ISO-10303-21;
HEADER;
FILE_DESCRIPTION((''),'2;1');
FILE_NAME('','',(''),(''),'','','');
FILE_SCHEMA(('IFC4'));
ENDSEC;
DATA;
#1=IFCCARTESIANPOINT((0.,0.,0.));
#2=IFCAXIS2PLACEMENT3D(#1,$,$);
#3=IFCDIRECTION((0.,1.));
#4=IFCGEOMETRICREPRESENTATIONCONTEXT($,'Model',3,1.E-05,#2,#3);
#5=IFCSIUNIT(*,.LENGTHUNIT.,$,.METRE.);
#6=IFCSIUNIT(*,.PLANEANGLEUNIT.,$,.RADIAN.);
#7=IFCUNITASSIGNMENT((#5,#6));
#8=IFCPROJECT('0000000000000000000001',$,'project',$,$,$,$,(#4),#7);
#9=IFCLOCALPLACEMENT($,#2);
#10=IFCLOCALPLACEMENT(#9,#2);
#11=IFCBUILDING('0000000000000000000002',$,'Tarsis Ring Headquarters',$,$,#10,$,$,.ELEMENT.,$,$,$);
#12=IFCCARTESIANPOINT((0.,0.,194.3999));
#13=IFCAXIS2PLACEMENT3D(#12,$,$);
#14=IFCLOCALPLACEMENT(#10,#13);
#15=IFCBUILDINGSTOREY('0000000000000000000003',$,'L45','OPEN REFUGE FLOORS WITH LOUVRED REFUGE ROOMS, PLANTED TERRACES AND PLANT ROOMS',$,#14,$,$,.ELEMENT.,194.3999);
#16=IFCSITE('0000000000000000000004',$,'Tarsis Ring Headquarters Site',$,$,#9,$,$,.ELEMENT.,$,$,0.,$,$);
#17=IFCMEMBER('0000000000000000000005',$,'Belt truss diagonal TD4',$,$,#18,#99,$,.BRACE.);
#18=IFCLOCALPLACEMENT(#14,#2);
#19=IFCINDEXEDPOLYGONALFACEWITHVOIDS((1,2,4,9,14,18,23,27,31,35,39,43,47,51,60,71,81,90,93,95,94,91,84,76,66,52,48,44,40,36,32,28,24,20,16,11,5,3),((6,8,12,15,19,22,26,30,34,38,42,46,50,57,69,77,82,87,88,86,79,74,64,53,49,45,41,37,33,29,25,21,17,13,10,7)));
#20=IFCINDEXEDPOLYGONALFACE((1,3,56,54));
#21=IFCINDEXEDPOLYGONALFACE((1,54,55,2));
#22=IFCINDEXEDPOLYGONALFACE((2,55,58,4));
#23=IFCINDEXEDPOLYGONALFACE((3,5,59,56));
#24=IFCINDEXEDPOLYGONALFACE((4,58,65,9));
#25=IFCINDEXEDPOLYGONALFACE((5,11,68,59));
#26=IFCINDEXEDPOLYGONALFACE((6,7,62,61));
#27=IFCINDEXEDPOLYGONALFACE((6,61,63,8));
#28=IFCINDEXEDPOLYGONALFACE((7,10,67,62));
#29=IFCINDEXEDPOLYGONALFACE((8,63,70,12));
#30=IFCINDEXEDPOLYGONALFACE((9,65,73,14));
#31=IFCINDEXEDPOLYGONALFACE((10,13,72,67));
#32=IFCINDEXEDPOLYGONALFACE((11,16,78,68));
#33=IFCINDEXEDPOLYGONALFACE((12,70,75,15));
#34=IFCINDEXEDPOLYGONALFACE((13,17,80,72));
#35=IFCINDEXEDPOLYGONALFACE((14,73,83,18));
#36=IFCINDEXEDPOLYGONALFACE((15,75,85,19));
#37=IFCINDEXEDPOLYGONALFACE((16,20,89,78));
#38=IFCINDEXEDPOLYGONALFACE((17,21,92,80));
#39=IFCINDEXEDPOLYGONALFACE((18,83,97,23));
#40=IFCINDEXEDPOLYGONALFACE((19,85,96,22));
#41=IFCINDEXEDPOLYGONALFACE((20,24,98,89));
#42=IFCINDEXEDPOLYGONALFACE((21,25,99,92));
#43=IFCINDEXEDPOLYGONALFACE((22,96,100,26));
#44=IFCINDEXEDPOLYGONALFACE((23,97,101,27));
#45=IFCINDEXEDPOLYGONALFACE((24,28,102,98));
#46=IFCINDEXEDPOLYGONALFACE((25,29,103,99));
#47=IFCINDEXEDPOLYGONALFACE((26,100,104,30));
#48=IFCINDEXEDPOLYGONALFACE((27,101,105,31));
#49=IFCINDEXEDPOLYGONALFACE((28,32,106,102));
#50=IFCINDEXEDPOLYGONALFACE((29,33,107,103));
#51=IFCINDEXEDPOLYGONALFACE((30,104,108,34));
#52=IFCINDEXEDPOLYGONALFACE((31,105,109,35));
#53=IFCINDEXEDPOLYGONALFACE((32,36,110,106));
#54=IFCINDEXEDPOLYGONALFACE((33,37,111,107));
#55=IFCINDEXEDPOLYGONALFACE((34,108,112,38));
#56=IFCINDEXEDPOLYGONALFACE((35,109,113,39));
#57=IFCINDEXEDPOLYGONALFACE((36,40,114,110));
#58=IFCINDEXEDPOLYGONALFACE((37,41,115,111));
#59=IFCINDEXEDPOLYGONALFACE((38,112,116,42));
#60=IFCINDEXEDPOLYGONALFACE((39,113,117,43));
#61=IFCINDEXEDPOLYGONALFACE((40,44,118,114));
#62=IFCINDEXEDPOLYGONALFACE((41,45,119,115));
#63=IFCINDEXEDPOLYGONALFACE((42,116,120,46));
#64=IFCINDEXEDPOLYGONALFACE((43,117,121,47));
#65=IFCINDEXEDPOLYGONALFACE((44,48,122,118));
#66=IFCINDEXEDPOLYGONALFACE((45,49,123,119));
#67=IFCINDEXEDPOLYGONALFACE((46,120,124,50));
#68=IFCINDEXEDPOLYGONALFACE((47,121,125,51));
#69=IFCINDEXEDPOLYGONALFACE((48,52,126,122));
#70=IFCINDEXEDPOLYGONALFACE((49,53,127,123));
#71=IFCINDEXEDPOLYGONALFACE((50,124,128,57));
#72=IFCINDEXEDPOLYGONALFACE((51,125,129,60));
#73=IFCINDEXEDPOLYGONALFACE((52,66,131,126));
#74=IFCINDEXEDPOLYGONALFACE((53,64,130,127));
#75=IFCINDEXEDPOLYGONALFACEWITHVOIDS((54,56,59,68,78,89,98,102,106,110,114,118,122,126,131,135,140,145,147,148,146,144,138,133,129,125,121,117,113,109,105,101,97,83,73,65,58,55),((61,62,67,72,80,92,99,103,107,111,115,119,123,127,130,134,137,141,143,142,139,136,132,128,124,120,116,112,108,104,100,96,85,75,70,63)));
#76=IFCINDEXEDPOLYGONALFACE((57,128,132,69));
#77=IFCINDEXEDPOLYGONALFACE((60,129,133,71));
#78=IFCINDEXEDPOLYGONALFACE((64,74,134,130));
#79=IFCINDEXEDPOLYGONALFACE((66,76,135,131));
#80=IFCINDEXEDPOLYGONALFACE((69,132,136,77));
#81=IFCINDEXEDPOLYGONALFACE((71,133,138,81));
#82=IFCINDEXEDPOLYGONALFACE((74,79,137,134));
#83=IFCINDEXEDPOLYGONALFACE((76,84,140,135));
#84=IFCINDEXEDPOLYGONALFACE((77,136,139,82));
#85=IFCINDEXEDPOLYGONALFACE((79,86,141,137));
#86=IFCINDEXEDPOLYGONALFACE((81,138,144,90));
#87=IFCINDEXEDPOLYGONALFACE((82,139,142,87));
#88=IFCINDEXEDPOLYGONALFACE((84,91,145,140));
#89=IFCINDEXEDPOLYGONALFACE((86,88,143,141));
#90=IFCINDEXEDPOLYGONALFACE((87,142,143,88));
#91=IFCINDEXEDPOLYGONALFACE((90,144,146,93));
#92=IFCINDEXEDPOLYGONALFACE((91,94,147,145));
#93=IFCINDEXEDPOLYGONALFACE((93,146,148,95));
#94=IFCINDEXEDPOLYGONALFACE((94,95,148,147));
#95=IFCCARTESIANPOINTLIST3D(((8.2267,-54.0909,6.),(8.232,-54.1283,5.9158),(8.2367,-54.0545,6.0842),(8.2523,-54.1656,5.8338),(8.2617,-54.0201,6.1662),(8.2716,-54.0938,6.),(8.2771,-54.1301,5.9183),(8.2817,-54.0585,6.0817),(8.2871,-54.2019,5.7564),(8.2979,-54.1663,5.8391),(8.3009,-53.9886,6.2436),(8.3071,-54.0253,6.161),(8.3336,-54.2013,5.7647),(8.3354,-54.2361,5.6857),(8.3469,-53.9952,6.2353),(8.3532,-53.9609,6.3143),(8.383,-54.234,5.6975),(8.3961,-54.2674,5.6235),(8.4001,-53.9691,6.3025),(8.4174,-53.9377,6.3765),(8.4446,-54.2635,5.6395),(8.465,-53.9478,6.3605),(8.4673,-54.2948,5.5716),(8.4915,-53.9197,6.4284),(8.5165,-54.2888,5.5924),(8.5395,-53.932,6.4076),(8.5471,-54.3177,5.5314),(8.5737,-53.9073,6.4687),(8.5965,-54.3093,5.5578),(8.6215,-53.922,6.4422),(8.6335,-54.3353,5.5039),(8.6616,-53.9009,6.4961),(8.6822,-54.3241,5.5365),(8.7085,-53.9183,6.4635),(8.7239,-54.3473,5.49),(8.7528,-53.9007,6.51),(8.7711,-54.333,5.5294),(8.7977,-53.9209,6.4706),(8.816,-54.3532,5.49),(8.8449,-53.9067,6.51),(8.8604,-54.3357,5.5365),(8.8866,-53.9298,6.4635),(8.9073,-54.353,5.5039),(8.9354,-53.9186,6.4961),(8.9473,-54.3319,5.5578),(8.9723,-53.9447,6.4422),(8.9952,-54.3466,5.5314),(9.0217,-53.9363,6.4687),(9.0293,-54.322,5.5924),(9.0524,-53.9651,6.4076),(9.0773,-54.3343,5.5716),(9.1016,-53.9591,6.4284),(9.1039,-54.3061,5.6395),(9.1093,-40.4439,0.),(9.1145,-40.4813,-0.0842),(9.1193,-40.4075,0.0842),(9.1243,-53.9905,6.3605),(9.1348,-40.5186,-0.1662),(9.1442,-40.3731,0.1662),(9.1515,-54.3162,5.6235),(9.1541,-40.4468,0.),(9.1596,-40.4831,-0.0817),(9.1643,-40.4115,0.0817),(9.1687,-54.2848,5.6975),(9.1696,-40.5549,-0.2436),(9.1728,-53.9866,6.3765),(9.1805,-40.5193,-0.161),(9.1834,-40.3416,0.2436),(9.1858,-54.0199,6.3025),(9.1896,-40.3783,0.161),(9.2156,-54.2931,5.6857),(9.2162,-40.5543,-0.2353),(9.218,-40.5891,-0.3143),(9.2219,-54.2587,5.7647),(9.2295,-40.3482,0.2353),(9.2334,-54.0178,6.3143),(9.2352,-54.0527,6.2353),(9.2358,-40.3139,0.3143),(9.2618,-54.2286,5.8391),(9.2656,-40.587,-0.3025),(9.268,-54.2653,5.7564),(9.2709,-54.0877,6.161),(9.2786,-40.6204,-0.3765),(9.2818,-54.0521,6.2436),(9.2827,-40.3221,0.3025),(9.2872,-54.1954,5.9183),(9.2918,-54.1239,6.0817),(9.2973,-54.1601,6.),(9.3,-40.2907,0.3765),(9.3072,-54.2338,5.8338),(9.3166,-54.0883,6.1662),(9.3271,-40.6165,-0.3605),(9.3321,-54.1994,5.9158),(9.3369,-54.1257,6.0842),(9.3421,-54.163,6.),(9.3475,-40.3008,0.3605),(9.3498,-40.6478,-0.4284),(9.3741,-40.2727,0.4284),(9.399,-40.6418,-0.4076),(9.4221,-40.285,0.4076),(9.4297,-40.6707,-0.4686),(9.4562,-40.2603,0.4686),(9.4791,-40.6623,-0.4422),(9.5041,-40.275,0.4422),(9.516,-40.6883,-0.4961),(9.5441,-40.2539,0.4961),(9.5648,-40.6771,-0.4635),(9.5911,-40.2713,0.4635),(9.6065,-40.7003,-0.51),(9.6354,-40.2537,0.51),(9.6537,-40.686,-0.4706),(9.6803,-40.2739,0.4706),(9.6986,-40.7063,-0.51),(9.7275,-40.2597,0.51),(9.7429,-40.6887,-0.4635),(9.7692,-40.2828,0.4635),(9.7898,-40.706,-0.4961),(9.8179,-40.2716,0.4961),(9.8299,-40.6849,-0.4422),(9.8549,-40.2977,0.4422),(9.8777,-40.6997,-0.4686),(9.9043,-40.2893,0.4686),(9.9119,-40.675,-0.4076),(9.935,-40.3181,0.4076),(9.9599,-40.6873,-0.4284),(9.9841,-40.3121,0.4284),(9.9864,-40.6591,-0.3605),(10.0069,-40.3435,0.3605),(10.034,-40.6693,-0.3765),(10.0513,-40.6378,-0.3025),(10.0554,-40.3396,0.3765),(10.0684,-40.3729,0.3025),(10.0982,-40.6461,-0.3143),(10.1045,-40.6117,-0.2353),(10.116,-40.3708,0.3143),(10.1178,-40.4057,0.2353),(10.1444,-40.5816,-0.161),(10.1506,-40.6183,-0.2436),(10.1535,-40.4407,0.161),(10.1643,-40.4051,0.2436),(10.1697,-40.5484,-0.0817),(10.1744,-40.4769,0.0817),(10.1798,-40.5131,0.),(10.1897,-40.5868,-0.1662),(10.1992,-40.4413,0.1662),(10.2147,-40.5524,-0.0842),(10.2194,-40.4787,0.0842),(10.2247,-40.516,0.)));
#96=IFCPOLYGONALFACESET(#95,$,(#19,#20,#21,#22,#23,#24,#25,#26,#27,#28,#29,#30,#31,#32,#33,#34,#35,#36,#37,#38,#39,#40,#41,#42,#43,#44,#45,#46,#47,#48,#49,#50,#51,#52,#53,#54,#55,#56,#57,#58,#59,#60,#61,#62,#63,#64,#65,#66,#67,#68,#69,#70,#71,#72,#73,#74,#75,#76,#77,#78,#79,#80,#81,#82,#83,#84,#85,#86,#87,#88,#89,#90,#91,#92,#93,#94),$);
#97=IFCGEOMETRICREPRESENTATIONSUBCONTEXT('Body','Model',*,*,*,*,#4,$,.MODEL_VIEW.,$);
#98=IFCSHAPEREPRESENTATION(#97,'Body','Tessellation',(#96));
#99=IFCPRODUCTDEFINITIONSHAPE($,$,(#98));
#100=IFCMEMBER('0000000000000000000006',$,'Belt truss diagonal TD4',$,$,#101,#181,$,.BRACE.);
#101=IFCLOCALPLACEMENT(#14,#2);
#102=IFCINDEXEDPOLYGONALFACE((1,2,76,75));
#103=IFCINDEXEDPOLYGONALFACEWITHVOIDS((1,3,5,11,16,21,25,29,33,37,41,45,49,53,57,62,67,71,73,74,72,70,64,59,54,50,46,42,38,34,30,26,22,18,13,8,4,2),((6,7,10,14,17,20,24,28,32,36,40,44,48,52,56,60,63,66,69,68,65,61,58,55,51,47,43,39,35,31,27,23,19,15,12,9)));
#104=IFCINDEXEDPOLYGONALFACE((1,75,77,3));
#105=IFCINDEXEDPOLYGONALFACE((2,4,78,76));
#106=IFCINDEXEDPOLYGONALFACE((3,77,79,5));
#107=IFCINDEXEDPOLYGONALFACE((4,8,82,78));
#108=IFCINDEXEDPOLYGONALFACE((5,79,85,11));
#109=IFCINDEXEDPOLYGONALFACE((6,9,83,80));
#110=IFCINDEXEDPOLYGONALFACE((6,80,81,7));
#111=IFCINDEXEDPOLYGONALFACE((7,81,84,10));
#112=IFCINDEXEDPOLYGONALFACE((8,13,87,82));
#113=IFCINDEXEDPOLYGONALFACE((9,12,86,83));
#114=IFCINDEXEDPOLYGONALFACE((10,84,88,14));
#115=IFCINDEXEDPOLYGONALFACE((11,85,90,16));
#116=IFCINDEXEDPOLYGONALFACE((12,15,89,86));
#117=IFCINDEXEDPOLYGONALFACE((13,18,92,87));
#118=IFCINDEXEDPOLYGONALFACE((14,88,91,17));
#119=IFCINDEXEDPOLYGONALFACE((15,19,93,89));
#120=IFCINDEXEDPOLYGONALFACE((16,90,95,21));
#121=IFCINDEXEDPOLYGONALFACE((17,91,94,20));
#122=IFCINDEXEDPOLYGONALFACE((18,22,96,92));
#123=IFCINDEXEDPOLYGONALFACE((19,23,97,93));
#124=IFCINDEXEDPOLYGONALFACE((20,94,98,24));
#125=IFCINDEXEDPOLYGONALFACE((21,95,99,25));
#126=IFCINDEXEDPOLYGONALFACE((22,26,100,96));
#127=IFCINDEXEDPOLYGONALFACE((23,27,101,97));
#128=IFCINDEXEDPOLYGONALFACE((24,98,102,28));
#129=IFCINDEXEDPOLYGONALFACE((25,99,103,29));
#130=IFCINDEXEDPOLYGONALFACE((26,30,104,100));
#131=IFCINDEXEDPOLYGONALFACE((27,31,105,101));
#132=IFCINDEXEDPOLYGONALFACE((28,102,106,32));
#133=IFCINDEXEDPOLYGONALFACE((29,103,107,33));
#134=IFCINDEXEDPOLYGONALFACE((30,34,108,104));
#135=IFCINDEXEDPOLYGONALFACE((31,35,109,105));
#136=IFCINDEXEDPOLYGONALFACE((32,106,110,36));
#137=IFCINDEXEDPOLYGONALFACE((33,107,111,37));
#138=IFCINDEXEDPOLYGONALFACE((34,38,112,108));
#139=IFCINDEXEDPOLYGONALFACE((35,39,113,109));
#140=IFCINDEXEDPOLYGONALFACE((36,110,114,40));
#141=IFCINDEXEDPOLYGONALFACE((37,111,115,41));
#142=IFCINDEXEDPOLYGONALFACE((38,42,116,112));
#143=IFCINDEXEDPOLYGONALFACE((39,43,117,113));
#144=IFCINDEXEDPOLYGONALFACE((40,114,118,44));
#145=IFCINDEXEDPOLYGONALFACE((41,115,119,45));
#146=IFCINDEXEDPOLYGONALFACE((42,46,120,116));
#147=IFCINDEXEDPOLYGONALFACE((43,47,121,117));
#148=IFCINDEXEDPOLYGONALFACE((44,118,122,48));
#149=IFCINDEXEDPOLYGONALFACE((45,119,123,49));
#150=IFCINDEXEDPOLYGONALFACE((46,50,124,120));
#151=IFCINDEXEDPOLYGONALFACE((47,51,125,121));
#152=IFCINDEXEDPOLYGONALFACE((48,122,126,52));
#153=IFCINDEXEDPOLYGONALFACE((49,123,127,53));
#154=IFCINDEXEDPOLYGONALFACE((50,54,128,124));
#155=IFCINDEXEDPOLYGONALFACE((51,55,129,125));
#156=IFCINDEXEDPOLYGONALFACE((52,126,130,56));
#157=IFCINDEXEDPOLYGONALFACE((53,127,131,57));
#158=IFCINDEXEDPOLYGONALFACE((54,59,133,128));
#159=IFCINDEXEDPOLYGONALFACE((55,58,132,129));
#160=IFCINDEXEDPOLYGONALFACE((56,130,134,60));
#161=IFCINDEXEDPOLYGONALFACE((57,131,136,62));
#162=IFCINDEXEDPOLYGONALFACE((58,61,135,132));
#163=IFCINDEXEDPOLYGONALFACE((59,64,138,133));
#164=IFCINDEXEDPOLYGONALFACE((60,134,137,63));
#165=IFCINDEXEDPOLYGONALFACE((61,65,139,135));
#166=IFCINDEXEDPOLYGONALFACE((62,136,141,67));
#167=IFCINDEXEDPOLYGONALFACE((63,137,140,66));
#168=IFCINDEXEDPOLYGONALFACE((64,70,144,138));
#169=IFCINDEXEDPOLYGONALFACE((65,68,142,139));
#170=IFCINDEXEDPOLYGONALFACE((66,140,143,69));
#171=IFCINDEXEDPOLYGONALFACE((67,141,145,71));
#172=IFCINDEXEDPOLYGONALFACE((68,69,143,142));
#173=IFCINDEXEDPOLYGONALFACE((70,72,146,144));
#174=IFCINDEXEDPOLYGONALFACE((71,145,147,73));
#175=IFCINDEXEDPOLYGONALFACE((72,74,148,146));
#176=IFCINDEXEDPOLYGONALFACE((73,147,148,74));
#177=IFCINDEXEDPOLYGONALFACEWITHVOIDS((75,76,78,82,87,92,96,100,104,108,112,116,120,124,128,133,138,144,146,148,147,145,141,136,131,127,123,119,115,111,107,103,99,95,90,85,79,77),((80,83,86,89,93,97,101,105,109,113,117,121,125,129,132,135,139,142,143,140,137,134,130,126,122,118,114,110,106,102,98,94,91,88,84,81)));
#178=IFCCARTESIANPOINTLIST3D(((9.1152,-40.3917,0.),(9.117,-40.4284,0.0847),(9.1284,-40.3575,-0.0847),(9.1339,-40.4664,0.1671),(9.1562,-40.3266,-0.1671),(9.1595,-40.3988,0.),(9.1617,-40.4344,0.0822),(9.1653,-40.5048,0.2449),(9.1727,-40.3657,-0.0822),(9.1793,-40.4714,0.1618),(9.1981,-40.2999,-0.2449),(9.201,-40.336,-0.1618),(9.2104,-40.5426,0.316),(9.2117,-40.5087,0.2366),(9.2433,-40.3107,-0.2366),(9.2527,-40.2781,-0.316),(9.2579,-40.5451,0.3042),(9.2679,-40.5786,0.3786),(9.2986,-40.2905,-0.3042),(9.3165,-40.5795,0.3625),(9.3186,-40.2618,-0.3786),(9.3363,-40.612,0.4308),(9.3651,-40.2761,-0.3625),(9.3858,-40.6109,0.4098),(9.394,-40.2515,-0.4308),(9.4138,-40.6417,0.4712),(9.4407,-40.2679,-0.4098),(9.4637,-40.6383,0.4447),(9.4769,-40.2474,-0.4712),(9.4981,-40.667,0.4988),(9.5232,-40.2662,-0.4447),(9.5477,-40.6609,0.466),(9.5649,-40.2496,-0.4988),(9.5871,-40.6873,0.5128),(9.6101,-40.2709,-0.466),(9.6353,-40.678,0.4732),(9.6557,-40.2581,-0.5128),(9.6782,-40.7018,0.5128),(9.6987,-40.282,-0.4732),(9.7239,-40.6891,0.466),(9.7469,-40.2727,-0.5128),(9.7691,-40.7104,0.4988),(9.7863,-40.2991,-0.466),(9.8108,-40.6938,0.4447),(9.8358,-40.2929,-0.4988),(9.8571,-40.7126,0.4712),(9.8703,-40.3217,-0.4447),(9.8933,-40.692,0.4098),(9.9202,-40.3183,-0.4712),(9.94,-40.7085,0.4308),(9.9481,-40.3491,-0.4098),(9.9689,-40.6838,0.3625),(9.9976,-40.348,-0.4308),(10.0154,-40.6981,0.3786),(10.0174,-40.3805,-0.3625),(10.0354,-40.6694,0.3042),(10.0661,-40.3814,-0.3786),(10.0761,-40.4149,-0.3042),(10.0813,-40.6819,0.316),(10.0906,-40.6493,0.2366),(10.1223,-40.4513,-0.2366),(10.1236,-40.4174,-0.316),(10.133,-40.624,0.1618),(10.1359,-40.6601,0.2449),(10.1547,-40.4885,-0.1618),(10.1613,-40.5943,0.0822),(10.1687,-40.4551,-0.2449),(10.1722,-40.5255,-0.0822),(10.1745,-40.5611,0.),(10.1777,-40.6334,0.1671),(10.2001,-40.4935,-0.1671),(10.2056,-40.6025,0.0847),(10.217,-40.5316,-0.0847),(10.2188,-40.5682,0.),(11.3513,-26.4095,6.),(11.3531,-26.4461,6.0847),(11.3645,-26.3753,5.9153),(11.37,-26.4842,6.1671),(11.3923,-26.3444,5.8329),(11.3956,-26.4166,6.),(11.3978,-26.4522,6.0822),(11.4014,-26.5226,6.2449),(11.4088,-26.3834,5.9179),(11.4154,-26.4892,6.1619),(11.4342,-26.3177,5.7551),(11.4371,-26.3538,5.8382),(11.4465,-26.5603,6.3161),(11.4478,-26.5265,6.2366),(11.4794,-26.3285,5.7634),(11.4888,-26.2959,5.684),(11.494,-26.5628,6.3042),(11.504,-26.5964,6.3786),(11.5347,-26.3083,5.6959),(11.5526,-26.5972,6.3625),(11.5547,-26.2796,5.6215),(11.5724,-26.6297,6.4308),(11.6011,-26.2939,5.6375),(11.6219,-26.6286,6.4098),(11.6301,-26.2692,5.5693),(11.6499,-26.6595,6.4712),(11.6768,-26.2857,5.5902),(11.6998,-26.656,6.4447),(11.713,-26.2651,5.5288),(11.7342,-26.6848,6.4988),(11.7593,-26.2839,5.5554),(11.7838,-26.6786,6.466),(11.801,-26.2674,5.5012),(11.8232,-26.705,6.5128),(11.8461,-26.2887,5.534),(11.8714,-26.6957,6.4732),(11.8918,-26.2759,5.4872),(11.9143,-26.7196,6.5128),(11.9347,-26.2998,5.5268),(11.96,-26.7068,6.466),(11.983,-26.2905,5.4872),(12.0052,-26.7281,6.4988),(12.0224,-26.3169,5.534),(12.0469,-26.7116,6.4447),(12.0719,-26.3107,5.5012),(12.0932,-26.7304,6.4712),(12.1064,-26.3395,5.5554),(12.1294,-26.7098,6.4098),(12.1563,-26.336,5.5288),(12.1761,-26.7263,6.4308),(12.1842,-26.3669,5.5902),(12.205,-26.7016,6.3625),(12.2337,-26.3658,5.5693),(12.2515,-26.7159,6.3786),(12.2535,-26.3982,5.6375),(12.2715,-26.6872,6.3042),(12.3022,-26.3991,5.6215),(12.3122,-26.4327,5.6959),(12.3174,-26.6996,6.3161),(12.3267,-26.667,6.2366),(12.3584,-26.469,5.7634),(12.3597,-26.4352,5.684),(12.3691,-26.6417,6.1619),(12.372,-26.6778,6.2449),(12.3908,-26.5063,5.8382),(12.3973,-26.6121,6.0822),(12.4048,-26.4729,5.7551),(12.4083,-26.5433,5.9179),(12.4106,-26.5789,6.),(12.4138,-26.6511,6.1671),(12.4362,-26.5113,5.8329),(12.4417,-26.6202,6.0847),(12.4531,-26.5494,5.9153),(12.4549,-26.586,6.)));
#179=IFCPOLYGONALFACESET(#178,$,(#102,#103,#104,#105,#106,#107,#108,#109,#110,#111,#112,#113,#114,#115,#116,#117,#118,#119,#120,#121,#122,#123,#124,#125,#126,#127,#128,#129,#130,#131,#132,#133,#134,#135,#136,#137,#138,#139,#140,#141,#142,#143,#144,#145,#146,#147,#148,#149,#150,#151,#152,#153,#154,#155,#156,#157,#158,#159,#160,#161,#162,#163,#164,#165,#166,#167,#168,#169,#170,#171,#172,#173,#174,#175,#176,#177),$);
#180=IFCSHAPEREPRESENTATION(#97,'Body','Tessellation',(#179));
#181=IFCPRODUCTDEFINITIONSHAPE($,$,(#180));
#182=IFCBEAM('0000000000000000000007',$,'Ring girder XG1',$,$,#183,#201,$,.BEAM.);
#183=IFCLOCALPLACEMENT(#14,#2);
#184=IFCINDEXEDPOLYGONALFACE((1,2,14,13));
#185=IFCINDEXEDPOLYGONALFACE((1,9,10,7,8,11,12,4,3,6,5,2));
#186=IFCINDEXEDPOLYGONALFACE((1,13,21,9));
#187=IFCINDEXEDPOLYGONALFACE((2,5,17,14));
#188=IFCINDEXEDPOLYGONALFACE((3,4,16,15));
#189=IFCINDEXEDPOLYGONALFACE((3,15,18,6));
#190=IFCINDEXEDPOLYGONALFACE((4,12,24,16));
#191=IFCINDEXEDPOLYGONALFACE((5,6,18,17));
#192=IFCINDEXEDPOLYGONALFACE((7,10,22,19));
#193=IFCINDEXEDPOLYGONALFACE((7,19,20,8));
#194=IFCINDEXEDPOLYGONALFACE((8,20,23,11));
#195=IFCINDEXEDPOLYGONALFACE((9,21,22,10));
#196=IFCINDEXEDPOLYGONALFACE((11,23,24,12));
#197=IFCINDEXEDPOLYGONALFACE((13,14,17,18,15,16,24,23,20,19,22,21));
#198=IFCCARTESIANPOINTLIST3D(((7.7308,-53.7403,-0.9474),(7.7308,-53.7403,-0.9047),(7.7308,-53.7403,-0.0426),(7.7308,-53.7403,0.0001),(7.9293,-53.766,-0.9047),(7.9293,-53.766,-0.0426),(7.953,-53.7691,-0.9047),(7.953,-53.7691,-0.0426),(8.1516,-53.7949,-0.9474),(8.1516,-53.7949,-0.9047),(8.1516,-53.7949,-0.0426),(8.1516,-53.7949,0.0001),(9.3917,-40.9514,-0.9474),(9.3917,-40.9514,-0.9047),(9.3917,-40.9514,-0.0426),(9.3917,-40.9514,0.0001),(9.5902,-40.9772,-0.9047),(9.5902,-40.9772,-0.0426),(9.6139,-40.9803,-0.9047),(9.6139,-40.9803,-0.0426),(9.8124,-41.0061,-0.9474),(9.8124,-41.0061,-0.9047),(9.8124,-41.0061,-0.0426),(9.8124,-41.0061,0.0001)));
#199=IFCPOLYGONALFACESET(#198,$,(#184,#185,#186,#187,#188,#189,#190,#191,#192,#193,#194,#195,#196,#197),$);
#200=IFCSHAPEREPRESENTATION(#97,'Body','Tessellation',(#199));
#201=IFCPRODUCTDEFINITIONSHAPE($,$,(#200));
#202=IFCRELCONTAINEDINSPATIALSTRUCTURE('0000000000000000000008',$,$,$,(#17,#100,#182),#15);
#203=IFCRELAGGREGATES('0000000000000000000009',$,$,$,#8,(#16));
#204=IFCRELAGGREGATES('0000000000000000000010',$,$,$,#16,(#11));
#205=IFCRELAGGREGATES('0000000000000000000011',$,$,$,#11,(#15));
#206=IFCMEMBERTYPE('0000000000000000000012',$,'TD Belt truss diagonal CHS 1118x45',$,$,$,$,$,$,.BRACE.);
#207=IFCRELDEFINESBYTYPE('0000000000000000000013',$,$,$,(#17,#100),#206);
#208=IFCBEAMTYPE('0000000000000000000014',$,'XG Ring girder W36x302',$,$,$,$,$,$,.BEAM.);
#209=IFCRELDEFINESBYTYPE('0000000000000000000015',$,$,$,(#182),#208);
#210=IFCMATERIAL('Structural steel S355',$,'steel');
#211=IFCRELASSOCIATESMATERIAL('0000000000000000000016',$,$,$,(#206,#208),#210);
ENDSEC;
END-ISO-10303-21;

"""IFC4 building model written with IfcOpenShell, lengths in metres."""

from ifc_helpers import new_model, si_unit, direction, frame, origin, origin_2d, place, context, subcontext, project, spatial, hollow_circle, i_section, extrude, material, material_profile, profile_set, type_object, element, save


model = new_model("IFC4")

# Units and contexts
model_context = context("Model", 3, precision=1e-05, world=origin(), true_north=direction((0.0, 1.0)))
body_context = subcontext(model_context, "Body", "Model", "MODEL_VIEW")
ifc_project = project(units=[si_unit("LENGTHUNIT", "METRE"), si_unit("PLANEANGLEUNIT", "RADIAN")], contexts=[model_context])

# Site, building, storey
site_placement = place(None, origin())
site = spatial("IfcSite", under=ifc_project, at=site_placement, Name="Tarsis Ring Headquarters Site", CompositionType="ELEMENT", RefElevation=0.0)
building_placement = place(site_placement, origin())
building = spatial("IfcBuilding", under=site, at=building_placement, Name="Tarsis Ring Headquarters", CompositionType="ELEMENT")
storey_placement = place(building_placement, frame((0.0, 0.0, 194.3999)))
storey = spatial("IfcBuildingStorey", under=building, at=storey_placement, Name="L45", Description="OPEN REFUGE FLOORS WITH LOUVRED REFUGE ROOMS, PLANTED TERRACES AND PLANT ROOMS", CompositionType="ELEMENT", Elevation=194.3999)

# Shared definitions
ifc_material_1 = material(Name="Structural steel S355", Category="steel")
ifc_material_profile_1 = material_profile(ifc_material_1, hollow_circle(Radius=0.5588, WallThickness=0.0449, at=origin_2d()), Name="CHS 1118x45")
ifc_profile_set_1 = profile_set([ifc_material_profile_1], Name="Structural steel S355")

# Members
member_type_1 = type_object("IfcMemberType", Name="TD Belt truss diagonal CHS 1118x45", PredefinedType="BRACE", material=ifc_profile_set_1)
member_1_placement = place(storey_placement, frame((9.667, -40.48, 0.0), z_axis=(-0.059099, -0.91383, 0.401773), x_axis=(0.997915, -0.064537, 0.0)))
element("IfcMember", 1, at=member_1_placement, inside=storey, type_object=member_type_1, Name="Belt truss diagonal TD4", PredefinedType="BRACE", context=body_context, shape_type="SweptSolid", body=[
    extrude(hollow_circle(Radius=0.5588, WallThickness=0.0449, at=origin_2d()), origin(), (0.0, 0.0, 1.0), 14.9338),
])
member_2_placement = place(storey_placement, frame((9.667, -40.48, 0.0), z_axis=(0.145402, 0.909197, 0.390153), x_axis=(-0.987452, 0.157917, 0.0)))
element("IfcMember", 2, at=member_2_placement, inside=storey, type_object=member_type_1, Name="Belt truss diagonal TD4", PredefinedType="BRACE", context=body_context, shape_type="SweptSolid", body=[
    extrude(hollow_circle(Radius=0.5588, WallThickness=0.0449, at=origin_2d()), origin(), (0.0, 0.0, 1.0), 15.3787),
])

# Beam
ifc_material_profile_2 = material_profile(ifc_material_1, i_section(OverallWidth=0.4243, OverallDepth=0.9475, WebThickness=0.0239, FlangeThickness=0.0427, at=origin_2d()), Name="W36x302")
ifc_profile_set_2 = profile_set([ifc_material_profile_2], Name="Structural steel S355")
beam_type = type_object("IfcBeamType", Name="XG Ring girder W36x302", PredefinedType="BEAM", material=ifc_profile_set_2)
beam_1_placement = place(storey_placement, frame((7.9412, -53.7676, -0.4736), z_axis=(0.128789, 0.991672, 0.0), x_axis=(-0.991672, 0.128789, 0.0)))
element("IfcBeam", 3, at=beam_1_placement, inside=storey, type_object=beam_type, Name="Ring girder XG1", PredefinedType="BEAM", context=body_context, shape_type="SweptSolid", body=[
    extrude(i_section(OverallWidth=0.4243, OverallDepth=0.9475, WebThickness=0.0239, FlangeThickness=0.0427, at=origin_2d()), origin(), (0.0, 0.0, 1.0), 12.8962),
])

save(model, "model.ifc")
